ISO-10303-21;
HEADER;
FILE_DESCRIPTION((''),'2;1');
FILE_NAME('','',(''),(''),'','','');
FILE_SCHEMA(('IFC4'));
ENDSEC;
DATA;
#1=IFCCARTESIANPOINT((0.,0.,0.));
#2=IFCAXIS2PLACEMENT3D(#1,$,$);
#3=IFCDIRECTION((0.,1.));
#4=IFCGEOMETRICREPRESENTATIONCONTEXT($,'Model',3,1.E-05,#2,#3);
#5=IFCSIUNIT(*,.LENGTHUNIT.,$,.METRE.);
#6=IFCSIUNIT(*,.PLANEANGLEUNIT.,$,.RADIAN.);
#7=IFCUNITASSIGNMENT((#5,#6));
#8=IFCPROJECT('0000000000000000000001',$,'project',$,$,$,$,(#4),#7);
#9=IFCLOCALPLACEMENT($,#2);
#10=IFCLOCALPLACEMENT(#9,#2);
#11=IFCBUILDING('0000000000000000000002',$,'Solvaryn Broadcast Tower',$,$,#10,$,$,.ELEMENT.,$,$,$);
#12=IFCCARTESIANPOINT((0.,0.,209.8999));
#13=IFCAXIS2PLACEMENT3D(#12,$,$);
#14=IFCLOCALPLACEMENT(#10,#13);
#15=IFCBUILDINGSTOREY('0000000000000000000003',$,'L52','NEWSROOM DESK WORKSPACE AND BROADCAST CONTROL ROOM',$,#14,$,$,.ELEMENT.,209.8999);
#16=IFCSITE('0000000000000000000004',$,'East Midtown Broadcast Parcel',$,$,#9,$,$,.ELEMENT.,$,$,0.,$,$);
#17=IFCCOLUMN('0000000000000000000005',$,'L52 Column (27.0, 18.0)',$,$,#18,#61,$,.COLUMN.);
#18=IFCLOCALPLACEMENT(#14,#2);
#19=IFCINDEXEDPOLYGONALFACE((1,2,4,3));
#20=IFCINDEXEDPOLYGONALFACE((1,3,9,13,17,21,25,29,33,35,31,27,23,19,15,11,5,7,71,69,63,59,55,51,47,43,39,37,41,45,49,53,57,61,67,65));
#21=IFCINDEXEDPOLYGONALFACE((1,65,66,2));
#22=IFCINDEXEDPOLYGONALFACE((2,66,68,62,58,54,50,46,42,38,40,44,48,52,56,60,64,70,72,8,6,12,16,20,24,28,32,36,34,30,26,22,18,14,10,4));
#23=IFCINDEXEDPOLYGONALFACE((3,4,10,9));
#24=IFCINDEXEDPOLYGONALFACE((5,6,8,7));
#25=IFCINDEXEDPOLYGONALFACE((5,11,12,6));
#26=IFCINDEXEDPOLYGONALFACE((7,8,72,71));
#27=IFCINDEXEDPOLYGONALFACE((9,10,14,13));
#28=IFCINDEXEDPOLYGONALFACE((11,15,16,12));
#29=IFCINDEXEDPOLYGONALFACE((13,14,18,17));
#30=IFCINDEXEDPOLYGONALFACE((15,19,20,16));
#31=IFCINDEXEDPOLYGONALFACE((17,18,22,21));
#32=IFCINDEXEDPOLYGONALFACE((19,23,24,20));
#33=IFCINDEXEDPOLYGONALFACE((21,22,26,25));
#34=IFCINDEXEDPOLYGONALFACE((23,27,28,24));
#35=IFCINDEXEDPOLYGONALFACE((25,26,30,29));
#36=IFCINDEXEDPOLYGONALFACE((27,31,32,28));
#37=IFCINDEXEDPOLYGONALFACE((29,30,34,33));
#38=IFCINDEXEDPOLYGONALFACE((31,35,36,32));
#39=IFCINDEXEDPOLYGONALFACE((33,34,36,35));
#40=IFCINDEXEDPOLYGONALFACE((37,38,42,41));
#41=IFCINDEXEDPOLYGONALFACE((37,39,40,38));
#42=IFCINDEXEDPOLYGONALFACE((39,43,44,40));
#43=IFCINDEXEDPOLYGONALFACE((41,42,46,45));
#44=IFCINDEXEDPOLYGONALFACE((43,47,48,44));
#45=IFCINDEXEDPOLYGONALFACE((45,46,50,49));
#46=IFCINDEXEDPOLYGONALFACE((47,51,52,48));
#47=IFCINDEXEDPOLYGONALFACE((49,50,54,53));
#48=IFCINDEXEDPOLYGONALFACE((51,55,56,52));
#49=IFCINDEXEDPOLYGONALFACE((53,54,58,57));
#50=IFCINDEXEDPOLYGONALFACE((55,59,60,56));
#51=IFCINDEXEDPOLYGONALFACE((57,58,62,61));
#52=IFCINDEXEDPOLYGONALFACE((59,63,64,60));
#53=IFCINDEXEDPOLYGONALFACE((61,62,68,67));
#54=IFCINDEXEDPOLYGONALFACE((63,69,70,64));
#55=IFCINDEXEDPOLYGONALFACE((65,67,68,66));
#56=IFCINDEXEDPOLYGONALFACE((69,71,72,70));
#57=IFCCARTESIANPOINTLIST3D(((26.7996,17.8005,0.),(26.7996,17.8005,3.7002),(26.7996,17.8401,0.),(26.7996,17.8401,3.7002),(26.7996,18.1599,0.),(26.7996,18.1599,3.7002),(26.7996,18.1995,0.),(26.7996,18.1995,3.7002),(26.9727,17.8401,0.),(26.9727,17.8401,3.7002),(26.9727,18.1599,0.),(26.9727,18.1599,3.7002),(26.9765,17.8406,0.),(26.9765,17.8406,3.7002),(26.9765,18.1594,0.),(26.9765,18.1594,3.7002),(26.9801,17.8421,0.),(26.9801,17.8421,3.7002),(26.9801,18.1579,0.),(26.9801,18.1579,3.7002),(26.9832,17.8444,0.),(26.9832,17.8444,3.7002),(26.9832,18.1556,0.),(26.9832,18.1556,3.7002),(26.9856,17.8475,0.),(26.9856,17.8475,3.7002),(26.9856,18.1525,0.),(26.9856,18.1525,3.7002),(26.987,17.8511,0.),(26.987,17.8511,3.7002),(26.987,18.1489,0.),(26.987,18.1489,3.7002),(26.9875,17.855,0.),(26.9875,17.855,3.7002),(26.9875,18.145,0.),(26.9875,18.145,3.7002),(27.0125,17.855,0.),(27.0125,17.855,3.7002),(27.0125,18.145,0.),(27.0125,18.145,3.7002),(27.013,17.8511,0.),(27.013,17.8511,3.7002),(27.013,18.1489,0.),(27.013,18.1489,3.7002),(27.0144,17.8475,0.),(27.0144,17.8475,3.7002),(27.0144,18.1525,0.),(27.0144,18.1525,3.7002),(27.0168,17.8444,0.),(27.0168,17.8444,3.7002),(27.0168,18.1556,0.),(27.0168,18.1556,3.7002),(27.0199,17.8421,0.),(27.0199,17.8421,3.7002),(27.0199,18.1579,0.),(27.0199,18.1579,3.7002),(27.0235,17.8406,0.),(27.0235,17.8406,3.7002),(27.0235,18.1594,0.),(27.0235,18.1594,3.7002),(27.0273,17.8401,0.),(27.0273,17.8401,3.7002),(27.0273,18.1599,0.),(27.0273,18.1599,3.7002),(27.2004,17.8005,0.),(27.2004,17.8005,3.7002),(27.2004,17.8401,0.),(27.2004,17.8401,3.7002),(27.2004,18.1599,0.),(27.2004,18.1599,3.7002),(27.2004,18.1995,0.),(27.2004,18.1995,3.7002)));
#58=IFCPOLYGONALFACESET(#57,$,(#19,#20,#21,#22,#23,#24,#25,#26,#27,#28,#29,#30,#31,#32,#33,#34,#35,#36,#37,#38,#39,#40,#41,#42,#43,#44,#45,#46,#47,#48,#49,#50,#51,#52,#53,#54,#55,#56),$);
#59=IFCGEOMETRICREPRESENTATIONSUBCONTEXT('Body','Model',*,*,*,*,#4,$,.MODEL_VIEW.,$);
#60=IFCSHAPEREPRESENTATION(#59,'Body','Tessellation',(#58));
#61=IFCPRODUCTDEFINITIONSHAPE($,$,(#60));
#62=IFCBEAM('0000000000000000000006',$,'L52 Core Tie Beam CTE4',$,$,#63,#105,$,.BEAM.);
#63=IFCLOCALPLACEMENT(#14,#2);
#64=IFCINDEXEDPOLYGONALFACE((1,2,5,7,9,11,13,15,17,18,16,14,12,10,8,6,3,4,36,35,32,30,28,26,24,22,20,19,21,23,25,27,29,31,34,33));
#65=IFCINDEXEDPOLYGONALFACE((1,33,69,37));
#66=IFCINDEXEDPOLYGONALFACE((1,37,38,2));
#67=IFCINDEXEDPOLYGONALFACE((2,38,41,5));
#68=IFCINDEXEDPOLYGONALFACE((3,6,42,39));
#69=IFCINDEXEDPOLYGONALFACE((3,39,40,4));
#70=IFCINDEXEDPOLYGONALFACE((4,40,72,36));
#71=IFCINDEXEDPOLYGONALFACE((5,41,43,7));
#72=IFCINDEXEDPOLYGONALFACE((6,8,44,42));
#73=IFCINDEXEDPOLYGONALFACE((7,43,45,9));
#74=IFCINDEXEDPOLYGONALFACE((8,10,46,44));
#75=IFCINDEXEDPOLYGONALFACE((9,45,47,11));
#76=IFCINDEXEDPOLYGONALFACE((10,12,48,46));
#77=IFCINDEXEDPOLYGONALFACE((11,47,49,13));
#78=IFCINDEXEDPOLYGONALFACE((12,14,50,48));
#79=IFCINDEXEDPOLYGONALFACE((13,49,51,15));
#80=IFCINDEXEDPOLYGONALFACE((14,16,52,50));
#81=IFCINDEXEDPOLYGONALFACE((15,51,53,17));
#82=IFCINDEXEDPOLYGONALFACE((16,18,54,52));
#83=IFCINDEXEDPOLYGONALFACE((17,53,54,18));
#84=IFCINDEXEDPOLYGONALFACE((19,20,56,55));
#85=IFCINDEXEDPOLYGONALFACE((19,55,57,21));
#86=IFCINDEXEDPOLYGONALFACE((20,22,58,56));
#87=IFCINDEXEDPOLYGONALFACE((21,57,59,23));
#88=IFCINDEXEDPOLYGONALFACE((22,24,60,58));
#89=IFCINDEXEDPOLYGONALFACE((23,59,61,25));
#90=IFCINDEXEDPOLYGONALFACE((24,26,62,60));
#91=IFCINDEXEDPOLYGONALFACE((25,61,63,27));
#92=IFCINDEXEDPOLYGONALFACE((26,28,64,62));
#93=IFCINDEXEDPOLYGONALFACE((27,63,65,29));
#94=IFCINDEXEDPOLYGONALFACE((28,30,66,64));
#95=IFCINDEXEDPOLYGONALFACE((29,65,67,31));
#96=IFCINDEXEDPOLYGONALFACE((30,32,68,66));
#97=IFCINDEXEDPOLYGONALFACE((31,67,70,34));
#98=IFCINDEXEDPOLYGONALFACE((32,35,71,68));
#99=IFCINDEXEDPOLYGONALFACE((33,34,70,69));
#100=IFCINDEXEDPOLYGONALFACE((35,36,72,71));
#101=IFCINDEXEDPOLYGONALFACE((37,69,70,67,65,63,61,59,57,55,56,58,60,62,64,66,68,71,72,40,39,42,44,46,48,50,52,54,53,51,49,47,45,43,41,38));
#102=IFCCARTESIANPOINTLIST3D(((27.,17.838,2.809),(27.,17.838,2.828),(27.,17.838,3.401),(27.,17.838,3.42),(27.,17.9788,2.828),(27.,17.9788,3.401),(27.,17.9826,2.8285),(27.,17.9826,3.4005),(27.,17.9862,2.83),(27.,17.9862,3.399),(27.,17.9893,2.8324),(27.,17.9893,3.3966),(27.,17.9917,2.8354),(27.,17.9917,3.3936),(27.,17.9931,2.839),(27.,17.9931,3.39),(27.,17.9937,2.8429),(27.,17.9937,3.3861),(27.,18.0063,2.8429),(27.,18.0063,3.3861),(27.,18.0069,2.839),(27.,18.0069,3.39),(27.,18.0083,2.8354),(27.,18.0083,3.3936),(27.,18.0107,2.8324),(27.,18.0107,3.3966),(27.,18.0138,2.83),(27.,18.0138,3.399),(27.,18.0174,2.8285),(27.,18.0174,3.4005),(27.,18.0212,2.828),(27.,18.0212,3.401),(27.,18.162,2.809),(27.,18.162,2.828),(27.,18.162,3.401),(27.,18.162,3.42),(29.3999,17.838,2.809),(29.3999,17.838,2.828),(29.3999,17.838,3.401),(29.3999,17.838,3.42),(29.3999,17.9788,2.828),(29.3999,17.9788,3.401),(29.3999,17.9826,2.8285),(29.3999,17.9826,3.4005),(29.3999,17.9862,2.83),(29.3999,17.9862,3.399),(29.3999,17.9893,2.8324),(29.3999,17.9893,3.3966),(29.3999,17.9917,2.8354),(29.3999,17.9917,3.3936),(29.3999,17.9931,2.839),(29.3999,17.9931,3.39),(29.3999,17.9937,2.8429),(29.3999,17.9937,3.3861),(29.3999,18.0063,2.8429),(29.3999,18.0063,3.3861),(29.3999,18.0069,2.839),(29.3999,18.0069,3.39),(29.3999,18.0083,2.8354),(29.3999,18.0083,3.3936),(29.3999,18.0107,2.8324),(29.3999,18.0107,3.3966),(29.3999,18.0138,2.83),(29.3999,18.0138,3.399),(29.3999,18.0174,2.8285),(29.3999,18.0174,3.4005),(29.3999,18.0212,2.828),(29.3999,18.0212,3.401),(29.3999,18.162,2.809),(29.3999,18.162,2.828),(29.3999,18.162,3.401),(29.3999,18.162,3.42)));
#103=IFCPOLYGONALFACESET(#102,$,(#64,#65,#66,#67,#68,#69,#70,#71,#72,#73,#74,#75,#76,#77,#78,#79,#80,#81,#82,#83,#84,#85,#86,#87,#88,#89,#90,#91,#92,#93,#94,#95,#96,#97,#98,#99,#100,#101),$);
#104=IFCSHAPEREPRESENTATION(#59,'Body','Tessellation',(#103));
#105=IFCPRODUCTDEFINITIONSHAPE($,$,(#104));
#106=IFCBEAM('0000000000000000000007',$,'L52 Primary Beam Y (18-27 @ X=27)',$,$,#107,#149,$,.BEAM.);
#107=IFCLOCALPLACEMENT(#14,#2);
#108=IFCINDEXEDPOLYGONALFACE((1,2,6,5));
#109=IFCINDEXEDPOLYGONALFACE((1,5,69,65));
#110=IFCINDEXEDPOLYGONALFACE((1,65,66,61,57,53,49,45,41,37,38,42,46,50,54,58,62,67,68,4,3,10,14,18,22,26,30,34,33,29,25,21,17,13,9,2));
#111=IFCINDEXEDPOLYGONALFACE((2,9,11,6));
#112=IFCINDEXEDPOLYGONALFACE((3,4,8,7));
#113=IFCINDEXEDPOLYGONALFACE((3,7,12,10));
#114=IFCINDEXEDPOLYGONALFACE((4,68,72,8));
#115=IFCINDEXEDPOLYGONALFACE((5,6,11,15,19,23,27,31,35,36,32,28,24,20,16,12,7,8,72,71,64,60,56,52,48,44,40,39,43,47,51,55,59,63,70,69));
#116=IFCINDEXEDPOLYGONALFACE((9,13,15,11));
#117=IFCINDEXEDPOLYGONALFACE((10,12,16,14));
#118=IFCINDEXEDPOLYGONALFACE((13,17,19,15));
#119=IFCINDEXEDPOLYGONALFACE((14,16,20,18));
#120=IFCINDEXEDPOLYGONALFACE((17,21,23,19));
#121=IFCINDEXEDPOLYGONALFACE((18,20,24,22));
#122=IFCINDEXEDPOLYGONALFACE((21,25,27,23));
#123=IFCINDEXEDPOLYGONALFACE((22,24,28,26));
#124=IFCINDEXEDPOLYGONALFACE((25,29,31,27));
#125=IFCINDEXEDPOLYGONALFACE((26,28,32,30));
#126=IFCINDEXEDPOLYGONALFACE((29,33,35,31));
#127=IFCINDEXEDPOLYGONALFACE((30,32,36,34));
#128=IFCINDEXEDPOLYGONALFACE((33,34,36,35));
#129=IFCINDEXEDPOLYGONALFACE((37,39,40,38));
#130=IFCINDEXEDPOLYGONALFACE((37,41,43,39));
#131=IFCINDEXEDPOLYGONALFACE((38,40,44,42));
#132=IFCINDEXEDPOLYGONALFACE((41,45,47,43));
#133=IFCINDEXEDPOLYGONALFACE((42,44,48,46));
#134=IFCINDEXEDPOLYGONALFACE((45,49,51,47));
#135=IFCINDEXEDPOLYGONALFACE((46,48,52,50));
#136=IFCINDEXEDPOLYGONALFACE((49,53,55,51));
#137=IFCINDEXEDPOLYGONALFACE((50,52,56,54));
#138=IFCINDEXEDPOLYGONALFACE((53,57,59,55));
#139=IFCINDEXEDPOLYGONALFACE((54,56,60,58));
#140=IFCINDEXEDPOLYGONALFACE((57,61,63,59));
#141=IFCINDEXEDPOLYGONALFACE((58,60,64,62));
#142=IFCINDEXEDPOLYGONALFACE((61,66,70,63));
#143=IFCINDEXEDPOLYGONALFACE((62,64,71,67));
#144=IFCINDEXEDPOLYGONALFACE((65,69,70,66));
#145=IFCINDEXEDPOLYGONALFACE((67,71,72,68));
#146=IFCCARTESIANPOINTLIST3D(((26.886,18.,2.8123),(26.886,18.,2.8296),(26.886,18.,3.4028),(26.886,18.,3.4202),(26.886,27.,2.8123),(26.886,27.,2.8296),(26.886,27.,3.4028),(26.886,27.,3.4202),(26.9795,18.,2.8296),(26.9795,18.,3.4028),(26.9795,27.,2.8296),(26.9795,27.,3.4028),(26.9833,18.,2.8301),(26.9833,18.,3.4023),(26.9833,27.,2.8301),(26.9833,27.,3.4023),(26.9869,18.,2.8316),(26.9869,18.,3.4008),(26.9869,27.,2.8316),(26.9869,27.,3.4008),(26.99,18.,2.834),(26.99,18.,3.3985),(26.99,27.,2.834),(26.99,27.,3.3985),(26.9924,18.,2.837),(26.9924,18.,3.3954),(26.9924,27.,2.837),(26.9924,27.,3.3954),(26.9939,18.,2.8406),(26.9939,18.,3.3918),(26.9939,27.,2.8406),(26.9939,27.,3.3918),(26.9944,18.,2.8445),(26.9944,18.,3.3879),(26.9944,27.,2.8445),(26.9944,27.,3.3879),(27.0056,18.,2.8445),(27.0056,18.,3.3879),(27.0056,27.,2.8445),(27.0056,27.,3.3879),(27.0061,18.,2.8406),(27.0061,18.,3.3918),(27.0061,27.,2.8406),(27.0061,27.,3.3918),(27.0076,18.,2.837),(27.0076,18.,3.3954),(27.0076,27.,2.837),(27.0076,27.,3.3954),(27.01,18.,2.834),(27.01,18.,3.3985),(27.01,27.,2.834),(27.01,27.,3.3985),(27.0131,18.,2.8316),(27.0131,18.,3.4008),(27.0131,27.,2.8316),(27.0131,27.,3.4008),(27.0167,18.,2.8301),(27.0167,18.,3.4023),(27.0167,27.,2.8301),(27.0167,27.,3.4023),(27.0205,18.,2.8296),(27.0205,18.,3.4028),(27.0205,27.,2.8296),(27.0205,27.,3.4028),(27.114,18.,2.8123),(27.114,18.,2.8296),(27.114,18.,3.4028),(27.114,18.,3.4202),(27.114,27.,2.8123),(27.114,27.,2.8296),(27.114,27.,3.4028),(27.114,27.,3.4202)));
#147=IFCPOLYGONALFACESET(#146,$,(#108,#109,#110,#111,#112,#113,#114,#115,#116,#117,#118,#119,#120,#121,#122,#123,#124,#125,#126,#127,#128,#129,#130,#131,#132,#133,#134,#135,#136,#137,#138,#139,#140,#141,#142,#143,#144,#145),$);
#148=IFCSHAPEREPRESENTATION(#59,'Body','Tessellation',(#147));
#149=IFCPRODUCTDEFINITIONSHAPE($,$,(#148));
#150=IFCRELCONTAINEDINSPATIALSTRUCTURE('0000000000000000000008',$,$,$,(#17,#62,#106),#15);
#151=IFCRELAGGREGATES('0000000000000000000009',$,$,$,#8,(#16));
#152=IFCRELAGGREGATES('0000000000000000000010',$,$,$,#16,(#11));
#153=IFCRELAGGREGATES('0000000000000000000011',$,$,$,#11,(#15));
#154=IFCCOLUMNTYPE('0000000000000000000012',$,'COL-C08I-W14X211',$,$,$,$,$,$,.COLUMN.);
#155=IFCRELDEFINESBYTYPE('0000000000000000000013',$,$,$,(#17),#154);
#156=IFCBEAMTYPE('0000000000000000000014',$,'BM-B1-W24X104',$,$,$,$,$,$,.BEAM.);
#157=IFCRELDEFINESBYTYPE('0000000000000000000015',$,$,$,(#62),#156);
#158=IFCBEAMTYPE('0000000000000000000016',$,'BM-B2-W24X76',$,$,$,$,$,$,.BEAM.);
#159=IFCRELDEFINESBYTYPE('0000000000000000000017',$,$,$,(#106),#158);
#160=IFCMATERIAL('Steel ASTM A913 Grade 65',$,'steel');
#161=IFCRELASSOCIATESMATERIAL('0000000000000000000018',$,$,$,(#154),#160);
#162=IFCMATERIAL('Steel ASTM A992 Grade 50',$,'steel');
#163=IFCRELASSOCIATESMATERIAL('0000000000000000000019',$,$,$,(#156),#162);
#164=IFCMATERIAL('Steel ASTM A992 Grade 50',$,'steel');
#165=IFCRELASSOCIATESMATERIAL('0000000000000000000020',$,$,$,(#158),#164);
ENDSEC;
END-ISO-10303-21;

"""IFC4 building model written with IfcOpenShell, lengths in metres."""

from ifc_helpers import new_model, si_unit, direction, frame, origin, origin_2d, place, context, subcontext, project, spatial, i_section, extrude, material, material_profile, profile_set, type_object, element, save


model = new_model("IFC4")

# Units and contexts
model_context = context("Model", 3, precision=1e-05, world=origin(), true_north=direction((0.0, 1.0)))
body_context = subcontext(model_context, "Body", "Model", "MODEL_VIEW")
ifc_project = project(units=[si_unit("LENGTHUNIT", "METRE"), si_unit("PLANEANGLEUNIT", "RADIAN")], contexts=[model_context])

# Site, building, storey
site_placement = place(None, origin())
site = spatial("IfcSite", under=ifc_project, at=site_placement, Name="East Midtown Broadcast Parcel", CompositionType="ELEMENT", RefElevation=0.0)
building_placement = place(site_placement, origin())
building = spatial("IfcBuilding", under=site, at=building_placement, Name="Solvaryn Broadcast Tower", CompositionType="ELEMENT")
storey_placement = place(building_placement, frame((0.0, 0.0, 209.8999)))
storey = spatial("IfcBuildingStorey", under=building, at=storey_placement, Name="L52", Description="NEWSROOM DESK WORKSPACE AND BROADCAST CONTROL ROOM", CompositionType="ELEMENT", Elevation=209.8999)

# Column
ifc_material_1 = material(Name="Steel ASTM A913 Grade 65", Category="steel")
ifc_material_profile_1 = material_profile(ifc_material_1, i_section(OverallWidth=0.4009, OverallDepth=0.3989, WebThickness=0.0249, FlangeThickness=0.0396, FilletRadius=0.0149, at=origin_2d()))
ifc_profile_set_1 = profile_set([ifc_material_profile_1], Name="Steel ASTM A913 Grade 65")
column_type = type_object("IfcColumnType", Name="COL-C08I-W14X211", PredefinedType="COLUMN", material=ifc_profile_set_1)
column_placement = place(storey_placement, frame((27.0, 18.0, 0.0), z_axis=(0.0, 0.0, 1.0), x_axis=(1.0, 0.0, 0.0)))
element("IfcColumn", 1, at=column_placement, inside=storey, type_object=column_type, Name="L52 Column (27.0, 18.0)", PredefinedType="COLUMN", context=body_context, shape_type="SweptSolid", body=[
    extrude(i_section(OverallWidth=0.4009, OverallDepth=0.3989, WebThickness=0.0249, FlangeThickness=0.0396, FilletRadius=0.0149, at=origin_2d()), origin(), (0.0, 0.0, 1.0), 3.7002),
])

# Beams
ifc_material_2 = material(Name="Steel ASTM A992 Grade 50", Category="steel")
ifc_material_profile_2 = material_profile(ifc_material_2, i_section(OverallWidth=0.324, OverallDepth=0.6111, WebThickness=0.0127, FlangeThickness=0.019, FilletRadius=0.0149, at=origin_2d()))
ifc_profile_set_2 = profile_set([ifc_material_profile_2], Name="Steel ASTM A992 Grade 50")
beam_type_1 = type_object("IfcBeamType", Name="BM-B1-W24X104", PredefinedType="BEAM", material=ifc_profile_set_2)
beam_1_placement = place(storey_placement, frame((27.0, 18.0, 3.1145), z_axis=(1.0, 0.0, 0.0), x_axis=(0.0, 1.0, 0.0)))
element("IfcBeam", 2, at=beam_1_placement, inside=storey, type_object=beam_type_1, Name="L52 Core Tie Beam CTE4", PredefinedType="BEAM", context=body_context, shape_type="SweptSolid", body=[
    extrude(i_section(OverallWidth=0.324, OverallDepth=0.6111, WebThickness=0.0127, FlangeThickness=0.019, FilletRadius=0.0149, at=origin_2d()), origin(), (0.0, 0.0, 1.0), 2.3999),
])
ifc_material_3 = material(Name="Steel ASTM A992 Grade 50", Category="steel")
ifc_material_profile_3 = material_profile(ifc_material_3, i_section(OverallWidth=0.228, OverallDepth=0.6079, WebThickness=0.0112, FlangeThickness=0.0173, FilletRadius=0.0149, at=origin_2d()))
ifc_profile_set_3 = profile_set([ifc_material_profile_3], Name="Steel ASTM A992 Grade 50")
beam_type_2 = type_object("IfcBeamType", Name="BM-B2-W24X76", PredefinedType="BEAM", material=ifc_profile_set_3)
beam_2_placement = place(storey_placement, frame((27.0, 18.0, 3.1162), z_axis=(0.0, 1.0, 0.0), x_axis=(-1.0, 0.0, 0.0)))
element("IfcBeam", 3, at=beam_2_placement, inside=storey, type_object=beam_type_2, Name="L52 Primary Beam Y (18-27 @ X=27)", PredefinedType="BEAM", context=body_context, shape_type="SweptSolid", body=[
    extrude(i_section(OverallWidth=0.228, OverallDepth=0.6079, WebThickness=0.0112, FlangeThickness=0.0173, FilletRadius=0.0149, at=origin_2d()), origin(), (0.0, 0.0, 1.0), 9.0),
])

save(model, "model.ifc")
